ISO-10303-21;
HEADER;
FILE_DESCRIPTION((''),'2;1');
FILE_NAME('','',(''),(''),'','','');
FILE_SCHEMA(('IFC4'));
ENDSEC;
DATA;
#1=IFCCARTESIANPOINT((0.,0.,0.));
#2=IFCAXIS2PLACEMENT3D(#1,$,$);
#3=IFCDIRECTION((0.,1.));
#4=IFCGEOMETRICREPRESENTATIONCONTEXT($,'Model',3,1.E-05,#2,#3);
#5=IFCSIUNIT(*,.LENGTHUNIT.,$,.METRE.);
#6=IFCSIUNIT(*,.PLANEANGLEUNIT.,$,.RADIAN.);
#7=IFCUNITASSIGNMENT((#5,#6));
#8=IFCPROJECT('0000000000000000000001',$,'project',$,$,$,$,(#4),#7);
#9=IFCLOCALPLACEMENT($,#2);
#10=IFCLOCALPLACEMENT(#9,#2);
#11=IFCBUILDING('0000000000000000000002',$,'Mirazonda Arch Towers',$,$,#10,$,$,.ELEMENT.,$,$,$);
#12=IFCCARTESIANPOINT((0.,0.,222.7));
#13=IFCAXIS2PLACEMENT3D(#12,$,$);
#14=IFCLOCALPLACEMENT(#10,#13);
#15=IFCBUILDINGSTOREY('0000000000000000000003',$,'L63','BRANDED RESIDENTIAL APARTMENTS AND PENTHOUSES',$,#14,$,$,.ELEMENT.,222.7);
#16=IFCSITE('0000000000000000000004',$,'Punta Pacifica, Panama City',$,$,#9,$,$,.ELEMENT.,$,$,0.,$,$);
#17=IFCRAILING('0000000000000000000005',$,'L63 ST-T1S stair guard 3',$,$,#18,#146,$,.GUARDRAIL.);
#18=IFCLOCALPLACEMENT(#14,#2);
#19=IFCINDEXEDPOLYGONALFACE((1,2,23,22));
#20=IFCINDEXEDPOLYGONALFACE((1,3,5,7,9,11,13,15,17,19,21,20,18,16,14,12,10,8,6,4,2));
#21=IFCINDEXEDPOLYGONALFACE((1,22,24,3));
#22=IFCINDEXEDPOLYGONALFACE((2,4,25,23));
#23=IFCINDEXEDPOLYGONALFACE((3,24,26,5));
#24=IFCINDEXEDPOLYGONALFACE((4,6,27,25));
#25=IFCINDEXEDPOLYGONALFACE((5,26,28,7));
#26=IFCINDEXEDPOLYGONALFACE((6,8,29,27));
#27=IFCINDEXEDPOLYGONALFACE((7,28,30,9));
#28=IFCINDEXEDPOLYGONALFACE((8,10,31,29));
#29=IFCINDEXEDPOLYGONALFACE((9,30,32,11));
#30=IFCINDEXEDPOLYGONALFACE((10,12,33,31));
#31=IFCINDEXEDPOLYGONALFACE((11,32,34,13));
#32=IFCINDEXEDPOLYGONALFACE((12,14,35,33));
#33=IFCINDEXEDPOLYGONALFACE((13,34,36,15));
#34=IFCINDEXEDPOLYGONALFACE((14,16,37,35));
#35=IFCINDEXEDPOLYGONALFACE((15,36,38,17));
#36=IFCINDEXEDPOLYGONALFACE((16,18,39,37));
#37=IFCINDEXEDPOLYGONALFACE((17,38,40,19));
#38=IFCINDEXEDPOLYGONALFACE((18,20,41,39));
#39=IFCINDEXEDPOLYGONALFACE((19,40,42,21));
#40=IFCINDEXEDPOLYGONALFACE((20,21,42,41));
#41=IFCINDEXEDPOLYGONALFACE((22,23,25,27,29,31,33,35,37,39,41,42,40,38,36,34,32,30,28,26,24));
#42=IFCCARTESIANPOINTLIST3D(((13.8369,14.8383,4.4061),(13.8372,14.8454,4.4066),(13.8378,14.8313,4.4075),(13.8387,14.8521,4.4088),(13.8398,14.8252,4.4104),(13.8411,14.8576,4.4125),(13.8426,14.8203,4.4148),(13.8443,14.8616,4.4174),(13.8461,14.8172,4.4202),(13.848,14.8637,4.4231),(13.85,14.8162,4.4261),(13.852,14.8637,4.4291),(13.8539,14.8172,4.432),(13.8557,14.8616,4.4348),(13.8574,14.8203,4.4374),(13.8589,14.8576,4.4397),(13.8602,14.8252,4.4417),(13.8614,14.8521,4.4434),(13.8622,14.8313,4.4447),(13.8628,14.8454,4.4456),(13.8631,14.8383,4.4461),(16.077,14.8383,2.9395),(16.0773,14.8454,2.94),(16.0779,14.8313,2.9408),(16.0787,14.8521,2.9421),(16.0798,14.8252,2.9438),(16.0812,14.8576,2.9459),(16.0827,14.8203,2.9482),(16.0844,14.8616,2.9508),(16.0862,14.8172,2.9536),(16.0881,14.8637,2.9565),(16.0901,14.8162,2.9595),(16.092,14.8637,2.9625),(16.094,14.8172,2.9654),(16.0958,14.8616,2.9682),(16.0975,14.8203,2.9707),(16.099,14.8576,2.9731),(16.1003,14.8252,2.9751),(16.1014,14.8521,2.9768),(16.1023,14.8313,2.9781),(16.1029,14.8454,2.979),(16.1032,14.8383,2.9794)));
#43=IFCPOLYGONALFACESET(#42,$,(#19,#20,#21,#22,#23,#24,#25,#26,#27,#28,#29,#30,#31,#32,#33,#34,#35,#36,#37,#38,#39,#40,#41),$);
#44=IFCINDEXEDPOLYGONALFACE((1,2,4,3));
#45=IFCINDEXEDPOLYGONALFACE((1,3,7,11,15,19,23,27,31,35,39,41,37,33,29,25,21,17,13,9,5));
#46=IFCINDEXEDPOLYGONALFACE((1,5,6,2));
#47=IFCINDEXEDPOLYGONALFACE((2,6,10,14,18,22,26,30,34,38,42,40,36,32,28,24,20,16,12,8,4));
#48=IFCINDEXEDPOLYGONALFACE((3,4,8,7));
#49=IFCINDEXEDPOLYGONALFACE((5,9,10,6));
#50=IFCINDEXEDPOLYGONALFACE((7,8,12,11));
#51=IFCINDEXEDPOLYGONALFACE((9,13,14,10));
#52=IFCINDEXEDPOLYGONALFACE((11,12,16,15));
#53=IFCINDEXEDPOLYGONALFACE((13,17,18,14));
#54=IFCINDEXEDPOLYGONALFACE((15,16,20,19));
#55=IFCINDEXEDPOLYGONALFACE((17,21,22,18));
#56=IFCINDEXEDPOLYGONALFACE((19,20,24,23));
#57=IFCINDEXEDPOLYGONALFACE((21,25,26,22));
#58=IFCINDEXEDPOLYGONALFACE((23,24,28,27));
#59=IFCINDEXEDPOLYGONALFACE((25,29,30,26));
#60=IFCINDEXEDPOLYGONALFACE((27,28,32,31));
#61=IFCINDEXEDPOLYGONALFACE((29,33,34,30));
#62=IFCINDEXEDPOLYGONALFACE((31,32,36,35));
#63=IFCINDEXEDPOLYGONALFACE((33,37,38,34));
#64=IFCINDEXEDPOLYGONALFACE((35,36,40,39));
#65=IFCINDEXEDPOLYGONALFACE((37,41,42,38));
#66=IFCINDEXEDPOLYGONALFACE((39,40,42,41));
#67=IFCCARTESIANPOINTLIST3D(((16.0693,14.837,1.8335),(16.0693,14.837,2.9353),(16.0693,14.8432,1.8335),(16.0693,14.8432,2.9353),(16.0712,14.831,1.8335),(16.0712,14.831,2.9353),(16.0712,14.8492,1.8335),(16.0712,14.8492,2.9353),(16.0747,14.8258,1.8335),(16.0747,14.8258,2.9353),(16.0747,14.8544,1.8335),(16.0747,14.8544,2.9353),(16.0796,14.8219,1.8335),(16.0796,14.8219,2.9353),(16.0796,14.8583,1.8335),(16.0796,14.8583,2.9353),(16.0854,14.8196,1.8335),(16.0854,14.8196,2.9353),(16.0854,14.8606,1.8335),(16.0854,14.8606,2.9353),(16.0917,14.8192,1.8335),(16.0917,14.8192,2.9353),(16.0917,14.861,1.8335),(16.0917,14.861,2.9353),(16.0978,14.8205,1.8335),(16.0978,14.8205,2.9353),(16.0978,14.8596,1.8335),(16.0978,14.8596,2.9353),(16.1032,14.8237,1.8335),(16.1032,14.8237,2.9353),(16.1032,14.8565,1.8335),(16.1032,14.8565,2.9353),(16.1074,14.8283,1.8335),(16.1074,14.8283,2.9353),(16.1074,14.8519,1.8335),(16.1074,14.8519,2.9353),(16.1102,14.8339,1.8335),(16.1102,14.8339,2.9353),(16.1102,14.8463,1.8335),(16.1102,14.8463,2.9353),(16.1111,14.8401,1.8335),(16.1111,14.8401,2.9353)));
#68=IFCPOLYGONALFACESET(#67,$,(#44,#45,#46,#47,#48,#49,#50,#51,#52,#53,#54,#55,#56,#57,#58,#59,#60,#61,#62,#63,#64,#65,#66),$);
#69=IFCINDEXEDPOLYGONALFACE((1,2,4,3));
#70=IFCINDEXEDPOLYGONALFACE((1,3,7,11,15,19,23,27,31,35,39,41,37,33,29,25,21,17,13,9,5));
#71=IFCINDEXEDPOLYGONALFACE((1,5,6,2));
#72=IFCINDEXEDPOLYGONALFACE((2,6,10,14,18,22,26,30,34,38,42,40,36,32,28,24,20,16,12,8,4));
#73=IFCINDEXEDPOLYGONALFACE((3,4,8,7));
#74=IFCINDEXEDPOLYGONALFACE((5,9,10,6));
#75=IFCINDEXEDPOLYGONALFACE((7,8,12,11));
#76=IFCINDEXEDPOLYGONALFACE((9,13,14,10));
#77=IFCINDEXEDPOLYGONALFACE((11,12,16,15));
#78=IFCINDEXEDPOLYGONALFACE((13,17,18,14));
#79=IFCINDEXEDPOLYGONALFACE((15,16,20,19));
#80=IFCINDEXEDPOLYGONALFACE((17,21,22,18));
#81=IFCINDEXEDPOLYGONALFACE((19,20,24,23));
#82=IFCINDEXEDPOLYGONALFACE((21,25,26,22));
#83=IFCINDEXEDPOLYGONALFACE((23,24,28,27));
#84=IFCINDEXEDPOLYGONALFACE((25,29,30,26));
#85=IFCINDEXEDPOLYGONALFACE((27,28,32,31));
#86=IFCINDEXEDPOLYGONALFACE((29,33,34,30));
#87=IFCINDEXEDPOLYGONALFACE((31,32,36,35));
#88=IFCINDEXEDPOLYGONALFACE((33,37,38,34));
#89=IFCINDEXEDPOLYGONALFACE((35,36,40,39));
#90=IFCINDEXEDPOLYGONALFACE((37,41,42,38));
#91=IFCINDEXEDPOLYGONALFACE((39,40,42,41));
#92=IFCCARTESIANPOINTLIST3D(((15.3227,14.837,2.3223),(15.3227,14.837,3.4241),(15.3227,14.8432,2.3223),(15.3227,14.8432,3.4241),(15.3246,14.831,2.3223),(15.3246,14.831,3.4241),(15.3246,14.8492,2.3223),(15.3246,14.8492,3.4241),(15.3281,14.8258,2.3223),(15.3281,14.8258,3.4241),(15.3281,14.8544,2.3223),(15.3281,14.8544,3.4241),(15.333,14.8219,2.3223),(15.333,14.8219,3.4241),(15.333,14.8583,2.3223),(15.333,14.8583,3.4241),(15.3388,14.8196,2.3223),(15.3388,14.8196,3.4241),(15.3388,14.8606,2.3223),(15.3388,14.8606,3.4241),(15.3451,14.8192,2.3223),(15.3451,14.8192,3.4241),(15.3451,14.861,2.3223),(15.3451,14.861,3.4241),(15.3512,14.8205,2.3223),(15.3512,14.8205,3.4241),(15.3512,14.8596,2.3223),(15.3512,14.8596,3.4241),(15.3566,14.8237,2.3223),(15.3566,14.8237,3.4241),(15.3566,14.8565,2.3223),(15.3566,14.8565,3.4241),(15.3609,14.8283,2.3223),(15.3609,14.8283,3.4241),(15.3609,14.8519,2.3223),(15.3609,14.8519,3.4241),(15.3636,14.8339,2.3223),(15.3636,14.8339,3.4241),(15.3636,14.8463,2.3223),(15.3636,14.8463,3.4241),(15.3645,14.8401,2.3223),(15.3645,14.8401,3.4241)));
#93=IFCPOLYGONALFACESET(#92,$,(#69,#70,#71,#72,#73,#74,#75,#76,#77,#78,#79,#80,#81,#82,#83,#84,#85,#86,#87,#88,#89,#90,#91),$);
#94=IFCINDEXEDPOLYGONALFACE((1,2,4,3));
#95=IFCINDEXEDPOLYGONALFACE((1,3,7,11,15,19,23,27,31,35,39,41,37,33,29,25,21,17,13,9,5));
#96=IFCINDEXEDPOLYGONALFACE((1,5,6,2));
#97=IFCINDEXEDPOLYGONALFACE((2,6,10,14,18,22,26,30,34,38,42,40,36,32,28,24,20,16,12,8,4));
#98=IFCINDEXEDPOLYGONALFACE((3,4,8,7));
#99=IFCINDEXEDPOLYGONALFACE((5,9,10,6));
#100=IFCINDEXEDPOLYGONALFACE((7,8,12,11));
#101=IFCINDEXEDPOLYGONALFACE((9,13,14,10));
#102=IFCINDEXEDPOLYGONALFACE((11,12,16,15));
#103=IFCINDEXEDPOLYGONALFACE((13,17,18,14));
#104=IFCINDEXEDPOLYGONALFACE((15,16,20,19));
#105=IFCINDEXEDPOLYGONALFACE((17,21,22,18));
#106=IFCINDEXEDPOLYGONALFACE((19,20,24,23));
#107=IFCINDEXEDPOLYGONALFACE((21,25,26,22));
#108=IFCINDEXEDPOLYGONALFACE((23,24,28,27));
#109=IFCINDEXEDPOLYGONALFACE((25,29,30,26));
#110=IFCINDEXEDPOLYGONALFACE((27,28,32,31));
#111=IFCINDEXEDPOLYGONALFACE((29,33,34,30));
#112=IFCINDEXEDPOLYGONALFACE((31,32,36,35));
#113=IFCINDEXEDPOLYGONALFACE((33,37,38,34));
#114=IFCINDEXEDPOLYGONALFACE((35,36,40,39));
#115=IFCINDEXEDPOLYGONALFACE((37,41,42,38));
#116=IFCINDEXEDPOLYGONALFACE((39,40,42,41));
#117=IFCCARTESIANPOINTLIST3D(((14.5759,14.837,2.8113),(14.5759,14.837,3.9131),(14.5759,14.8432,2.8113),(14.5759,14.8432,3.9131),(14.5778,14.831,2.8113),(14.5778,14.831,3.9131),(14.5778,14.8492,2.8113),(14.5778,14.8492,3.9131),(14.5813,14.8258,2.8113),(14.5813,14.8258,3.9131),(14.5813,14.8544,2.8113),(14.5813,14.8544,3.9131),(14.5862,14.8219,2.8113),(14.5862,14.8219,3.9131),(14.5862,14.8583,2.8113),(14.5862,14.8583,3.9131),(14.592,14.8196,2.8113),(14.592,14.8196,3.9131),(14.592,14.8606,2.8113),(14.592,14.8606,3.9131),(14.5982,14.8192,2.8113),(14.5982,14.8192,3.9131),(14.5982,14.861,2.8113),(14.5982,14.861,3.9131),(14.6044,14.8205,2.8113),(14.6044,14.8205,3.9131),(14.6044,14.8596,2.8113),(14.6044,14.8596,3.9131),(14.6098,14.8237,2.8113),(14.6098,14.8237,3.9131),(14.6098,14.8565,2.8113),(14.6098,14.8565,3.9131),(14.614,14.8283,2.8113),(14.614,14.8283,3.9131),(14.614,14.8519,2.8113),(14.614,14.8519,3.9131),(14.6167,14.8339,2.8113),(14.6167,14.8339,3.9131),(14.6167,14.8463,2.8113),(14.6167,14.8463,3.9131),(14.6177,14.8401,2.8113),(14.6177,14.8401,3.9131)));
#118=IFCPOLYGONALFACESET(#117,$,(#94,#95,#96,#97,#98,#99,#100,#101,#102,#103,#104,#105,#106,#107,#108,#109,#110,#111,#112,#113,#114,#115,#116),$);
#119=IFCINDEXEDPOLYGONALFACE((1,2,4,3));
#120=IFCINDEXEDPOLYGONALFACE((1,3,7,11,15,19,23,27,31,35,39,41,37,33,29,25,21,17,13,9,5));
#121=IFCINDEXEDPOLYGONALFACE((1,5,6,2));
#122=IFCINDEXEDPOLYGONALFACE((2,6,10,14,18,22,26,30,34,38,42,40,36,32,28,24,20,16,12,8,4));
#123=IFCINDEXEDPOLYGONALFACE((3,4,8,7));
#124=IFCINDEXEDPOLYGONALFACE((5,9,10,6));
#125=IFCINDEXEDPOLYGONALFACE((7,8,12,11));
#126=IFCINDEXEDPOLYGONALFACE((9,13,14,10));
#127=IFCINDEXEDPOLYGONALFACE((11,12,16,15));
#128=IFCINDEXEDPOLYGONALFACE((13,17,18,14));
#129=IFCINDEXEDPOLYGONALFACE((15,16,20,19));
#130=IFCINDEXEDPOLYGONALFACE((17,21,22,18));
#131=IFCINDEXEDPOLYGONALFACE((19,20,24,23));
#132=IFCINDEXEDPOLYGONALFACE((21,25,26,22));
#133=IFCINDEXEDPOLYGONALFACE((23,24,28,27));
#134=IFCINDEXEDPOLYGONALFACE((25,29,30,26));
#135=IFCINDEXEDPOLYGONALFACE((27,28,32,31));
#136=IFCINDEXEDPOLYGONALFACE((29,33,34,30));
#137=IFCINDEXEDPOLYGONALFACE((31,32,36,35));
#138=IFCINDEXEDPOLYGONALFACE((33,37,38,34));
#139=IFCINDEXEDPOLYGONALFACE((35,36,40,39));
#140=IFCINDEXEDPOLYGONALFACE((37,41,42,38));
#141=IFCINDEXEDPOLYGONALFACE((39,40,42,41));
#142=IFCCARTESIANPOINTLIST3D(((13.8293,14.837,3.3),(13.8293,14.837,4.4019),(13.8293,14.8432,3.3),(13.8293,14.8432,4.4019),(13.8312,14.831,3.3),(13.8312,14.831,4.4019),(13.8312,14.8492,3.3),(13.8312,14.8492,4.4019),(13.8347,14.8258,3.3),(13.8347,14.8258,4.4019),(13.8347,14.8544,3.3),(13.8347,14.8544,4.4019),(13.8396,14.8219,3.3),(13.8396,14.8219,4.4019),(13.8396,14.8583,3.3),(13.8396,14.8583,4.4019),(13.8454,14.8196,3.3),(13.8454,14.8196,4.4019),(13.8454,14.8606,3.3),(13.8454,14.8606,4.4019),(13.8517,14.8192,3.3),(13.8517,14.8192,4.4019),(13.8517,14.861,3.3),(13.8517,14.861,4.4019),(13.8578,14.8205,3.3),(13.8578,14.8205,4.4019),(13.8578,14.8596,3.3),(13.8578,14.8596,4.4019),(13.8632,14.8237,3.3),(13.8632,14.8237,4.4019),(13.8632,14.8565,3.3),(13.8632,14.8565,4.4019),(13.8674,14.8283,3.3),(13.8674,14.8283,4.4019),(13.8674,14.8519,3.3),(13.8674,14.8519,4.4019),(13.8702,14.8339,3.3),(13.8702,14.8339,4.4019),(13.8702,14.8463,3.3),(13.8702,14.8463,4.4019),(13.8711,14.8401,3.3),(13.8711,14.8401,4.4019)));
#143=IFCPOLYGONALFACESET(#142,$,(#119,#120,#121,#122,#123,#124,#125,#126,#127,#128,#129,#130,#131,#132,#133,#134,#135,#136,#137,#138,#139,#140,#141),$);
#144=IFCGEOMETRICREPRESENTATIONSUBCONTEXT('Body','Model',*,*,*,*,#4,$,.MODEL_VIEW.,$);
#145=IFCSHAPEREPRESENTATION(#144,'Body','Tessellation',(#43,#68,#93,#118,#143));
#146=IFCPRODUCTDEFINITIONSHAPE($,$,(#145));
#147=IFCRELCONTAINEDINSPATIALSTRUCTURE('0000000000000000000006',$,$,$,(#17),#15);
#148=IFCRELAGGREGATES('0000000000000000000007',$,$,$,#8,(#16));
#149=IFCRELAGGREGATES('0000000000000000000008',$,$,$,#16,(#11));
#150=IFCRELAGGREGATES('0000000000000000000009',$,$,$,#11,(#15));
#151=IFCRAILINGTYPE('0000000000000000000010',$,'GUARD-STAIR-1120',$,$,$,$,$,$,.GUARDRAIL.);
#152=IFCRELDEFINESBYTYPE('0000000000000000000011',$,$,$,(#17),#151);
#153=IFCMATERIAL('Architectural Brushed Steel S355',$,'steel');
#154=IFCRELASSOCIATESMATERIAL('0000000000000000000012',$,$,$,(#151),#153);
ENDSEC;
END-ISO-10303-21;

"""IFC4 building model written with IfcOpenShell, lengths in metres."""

from ifc_helpers import new_model, si_unit, direction, frame, origin, origin_2d, place, context, subcontext, project, spatial, circle, extrude, material, type_object, element, save


model = new_model("IFC4")

# Units and contexts
model_context = context("Model", 3, precision=1e-05, world=origin(), true_north=direction((0.0, 1.0)))
body_context = subcontext(model_context, "Body", "Model", "MODEL_VIEW")
ifc_project = project(units=[si_unit("LENGTHUNIT", "METRE"), si_unit("PLANEANGLEUNIT", "RADIAN")], contexts=[model_context])

# Site, building, storey
site_placement = place(None, origin())
site = spatial("IfcSite", under=ifc_project, at=site_placement, Name="Punta Pacifica, Panama City", CompositionType="ELEMENT", RefElevation=0.0)
building_placement = place(site_placement, origin())
building = spatial("IfcBuilding", under=site, at=building_placement, Name="Mirazonda Arch Towers", CompositionType="ELEMENT")
storey_placement = place(building_placement, frame((0.0, 0.0, 222.7)))
storey = spatial("IfcBuildingStorey", under=building, at=storey_placement, Name="L63", Description="BRANDED RESIDENTIAL APARTMENTS AND PENTHOUSES", CompositionType="ELEMENT", Elevation=222.7)

# Shared definitions
ifc_material_1 = material(Name="Architectural Brushed Steel S355", Category="steel")

# Railing
railing_type_1 = type_object("IfcRailingType", Name="GUARD-STAIR-1120", PredefinedType="GUARDRAIL", material=ifc_material_1)
railing_1_placement = place(storey_placement, frame((16.0901, 14.8401, 1.8335)))
element("IfcRailing", 1, at=railing_1_placement, inside=storey, type_object=railing_type_1, Name="L63 ST-T1S stair guard 3", PredefinedType="GUARDRAIL", context=body_context, shape_type="SweptSolid", body=[
    extrude(circle(Radius=0.0239, at=origin_2d()), frame((0.0, 0.0, 1.126), z_axis=(-0.836637, 0.0, 0.547758), x_axis=(0.0, -1.0, 0.0)), (0.0, 0.0, 1.0), 2.6775),
    extrude(circle(Radius=0.021, at=origin_2d()), origin(), (0.0, 0.0, 1.0), 1.1018),
    extrude(circle(Radius=0.021, at=origin_2d()), frame((-0.7466, 0.0, 0.4888)), (0.0, 0.0, 1.0), 1.1018),
    extrude(circle(Radius=0.021, at=origin_2d()), frame((-1.4934, 0.0, 0.9778)), (0.0, 0.0, 1.0), 1.1018),
    extrude(circle(Radius=0.021, at=origin_2d()), frame((-2.24, 0.0, 1.4666)), (0.0, 0.0, 1.0), 1.1018),
])

save(model, "model.ifc")
